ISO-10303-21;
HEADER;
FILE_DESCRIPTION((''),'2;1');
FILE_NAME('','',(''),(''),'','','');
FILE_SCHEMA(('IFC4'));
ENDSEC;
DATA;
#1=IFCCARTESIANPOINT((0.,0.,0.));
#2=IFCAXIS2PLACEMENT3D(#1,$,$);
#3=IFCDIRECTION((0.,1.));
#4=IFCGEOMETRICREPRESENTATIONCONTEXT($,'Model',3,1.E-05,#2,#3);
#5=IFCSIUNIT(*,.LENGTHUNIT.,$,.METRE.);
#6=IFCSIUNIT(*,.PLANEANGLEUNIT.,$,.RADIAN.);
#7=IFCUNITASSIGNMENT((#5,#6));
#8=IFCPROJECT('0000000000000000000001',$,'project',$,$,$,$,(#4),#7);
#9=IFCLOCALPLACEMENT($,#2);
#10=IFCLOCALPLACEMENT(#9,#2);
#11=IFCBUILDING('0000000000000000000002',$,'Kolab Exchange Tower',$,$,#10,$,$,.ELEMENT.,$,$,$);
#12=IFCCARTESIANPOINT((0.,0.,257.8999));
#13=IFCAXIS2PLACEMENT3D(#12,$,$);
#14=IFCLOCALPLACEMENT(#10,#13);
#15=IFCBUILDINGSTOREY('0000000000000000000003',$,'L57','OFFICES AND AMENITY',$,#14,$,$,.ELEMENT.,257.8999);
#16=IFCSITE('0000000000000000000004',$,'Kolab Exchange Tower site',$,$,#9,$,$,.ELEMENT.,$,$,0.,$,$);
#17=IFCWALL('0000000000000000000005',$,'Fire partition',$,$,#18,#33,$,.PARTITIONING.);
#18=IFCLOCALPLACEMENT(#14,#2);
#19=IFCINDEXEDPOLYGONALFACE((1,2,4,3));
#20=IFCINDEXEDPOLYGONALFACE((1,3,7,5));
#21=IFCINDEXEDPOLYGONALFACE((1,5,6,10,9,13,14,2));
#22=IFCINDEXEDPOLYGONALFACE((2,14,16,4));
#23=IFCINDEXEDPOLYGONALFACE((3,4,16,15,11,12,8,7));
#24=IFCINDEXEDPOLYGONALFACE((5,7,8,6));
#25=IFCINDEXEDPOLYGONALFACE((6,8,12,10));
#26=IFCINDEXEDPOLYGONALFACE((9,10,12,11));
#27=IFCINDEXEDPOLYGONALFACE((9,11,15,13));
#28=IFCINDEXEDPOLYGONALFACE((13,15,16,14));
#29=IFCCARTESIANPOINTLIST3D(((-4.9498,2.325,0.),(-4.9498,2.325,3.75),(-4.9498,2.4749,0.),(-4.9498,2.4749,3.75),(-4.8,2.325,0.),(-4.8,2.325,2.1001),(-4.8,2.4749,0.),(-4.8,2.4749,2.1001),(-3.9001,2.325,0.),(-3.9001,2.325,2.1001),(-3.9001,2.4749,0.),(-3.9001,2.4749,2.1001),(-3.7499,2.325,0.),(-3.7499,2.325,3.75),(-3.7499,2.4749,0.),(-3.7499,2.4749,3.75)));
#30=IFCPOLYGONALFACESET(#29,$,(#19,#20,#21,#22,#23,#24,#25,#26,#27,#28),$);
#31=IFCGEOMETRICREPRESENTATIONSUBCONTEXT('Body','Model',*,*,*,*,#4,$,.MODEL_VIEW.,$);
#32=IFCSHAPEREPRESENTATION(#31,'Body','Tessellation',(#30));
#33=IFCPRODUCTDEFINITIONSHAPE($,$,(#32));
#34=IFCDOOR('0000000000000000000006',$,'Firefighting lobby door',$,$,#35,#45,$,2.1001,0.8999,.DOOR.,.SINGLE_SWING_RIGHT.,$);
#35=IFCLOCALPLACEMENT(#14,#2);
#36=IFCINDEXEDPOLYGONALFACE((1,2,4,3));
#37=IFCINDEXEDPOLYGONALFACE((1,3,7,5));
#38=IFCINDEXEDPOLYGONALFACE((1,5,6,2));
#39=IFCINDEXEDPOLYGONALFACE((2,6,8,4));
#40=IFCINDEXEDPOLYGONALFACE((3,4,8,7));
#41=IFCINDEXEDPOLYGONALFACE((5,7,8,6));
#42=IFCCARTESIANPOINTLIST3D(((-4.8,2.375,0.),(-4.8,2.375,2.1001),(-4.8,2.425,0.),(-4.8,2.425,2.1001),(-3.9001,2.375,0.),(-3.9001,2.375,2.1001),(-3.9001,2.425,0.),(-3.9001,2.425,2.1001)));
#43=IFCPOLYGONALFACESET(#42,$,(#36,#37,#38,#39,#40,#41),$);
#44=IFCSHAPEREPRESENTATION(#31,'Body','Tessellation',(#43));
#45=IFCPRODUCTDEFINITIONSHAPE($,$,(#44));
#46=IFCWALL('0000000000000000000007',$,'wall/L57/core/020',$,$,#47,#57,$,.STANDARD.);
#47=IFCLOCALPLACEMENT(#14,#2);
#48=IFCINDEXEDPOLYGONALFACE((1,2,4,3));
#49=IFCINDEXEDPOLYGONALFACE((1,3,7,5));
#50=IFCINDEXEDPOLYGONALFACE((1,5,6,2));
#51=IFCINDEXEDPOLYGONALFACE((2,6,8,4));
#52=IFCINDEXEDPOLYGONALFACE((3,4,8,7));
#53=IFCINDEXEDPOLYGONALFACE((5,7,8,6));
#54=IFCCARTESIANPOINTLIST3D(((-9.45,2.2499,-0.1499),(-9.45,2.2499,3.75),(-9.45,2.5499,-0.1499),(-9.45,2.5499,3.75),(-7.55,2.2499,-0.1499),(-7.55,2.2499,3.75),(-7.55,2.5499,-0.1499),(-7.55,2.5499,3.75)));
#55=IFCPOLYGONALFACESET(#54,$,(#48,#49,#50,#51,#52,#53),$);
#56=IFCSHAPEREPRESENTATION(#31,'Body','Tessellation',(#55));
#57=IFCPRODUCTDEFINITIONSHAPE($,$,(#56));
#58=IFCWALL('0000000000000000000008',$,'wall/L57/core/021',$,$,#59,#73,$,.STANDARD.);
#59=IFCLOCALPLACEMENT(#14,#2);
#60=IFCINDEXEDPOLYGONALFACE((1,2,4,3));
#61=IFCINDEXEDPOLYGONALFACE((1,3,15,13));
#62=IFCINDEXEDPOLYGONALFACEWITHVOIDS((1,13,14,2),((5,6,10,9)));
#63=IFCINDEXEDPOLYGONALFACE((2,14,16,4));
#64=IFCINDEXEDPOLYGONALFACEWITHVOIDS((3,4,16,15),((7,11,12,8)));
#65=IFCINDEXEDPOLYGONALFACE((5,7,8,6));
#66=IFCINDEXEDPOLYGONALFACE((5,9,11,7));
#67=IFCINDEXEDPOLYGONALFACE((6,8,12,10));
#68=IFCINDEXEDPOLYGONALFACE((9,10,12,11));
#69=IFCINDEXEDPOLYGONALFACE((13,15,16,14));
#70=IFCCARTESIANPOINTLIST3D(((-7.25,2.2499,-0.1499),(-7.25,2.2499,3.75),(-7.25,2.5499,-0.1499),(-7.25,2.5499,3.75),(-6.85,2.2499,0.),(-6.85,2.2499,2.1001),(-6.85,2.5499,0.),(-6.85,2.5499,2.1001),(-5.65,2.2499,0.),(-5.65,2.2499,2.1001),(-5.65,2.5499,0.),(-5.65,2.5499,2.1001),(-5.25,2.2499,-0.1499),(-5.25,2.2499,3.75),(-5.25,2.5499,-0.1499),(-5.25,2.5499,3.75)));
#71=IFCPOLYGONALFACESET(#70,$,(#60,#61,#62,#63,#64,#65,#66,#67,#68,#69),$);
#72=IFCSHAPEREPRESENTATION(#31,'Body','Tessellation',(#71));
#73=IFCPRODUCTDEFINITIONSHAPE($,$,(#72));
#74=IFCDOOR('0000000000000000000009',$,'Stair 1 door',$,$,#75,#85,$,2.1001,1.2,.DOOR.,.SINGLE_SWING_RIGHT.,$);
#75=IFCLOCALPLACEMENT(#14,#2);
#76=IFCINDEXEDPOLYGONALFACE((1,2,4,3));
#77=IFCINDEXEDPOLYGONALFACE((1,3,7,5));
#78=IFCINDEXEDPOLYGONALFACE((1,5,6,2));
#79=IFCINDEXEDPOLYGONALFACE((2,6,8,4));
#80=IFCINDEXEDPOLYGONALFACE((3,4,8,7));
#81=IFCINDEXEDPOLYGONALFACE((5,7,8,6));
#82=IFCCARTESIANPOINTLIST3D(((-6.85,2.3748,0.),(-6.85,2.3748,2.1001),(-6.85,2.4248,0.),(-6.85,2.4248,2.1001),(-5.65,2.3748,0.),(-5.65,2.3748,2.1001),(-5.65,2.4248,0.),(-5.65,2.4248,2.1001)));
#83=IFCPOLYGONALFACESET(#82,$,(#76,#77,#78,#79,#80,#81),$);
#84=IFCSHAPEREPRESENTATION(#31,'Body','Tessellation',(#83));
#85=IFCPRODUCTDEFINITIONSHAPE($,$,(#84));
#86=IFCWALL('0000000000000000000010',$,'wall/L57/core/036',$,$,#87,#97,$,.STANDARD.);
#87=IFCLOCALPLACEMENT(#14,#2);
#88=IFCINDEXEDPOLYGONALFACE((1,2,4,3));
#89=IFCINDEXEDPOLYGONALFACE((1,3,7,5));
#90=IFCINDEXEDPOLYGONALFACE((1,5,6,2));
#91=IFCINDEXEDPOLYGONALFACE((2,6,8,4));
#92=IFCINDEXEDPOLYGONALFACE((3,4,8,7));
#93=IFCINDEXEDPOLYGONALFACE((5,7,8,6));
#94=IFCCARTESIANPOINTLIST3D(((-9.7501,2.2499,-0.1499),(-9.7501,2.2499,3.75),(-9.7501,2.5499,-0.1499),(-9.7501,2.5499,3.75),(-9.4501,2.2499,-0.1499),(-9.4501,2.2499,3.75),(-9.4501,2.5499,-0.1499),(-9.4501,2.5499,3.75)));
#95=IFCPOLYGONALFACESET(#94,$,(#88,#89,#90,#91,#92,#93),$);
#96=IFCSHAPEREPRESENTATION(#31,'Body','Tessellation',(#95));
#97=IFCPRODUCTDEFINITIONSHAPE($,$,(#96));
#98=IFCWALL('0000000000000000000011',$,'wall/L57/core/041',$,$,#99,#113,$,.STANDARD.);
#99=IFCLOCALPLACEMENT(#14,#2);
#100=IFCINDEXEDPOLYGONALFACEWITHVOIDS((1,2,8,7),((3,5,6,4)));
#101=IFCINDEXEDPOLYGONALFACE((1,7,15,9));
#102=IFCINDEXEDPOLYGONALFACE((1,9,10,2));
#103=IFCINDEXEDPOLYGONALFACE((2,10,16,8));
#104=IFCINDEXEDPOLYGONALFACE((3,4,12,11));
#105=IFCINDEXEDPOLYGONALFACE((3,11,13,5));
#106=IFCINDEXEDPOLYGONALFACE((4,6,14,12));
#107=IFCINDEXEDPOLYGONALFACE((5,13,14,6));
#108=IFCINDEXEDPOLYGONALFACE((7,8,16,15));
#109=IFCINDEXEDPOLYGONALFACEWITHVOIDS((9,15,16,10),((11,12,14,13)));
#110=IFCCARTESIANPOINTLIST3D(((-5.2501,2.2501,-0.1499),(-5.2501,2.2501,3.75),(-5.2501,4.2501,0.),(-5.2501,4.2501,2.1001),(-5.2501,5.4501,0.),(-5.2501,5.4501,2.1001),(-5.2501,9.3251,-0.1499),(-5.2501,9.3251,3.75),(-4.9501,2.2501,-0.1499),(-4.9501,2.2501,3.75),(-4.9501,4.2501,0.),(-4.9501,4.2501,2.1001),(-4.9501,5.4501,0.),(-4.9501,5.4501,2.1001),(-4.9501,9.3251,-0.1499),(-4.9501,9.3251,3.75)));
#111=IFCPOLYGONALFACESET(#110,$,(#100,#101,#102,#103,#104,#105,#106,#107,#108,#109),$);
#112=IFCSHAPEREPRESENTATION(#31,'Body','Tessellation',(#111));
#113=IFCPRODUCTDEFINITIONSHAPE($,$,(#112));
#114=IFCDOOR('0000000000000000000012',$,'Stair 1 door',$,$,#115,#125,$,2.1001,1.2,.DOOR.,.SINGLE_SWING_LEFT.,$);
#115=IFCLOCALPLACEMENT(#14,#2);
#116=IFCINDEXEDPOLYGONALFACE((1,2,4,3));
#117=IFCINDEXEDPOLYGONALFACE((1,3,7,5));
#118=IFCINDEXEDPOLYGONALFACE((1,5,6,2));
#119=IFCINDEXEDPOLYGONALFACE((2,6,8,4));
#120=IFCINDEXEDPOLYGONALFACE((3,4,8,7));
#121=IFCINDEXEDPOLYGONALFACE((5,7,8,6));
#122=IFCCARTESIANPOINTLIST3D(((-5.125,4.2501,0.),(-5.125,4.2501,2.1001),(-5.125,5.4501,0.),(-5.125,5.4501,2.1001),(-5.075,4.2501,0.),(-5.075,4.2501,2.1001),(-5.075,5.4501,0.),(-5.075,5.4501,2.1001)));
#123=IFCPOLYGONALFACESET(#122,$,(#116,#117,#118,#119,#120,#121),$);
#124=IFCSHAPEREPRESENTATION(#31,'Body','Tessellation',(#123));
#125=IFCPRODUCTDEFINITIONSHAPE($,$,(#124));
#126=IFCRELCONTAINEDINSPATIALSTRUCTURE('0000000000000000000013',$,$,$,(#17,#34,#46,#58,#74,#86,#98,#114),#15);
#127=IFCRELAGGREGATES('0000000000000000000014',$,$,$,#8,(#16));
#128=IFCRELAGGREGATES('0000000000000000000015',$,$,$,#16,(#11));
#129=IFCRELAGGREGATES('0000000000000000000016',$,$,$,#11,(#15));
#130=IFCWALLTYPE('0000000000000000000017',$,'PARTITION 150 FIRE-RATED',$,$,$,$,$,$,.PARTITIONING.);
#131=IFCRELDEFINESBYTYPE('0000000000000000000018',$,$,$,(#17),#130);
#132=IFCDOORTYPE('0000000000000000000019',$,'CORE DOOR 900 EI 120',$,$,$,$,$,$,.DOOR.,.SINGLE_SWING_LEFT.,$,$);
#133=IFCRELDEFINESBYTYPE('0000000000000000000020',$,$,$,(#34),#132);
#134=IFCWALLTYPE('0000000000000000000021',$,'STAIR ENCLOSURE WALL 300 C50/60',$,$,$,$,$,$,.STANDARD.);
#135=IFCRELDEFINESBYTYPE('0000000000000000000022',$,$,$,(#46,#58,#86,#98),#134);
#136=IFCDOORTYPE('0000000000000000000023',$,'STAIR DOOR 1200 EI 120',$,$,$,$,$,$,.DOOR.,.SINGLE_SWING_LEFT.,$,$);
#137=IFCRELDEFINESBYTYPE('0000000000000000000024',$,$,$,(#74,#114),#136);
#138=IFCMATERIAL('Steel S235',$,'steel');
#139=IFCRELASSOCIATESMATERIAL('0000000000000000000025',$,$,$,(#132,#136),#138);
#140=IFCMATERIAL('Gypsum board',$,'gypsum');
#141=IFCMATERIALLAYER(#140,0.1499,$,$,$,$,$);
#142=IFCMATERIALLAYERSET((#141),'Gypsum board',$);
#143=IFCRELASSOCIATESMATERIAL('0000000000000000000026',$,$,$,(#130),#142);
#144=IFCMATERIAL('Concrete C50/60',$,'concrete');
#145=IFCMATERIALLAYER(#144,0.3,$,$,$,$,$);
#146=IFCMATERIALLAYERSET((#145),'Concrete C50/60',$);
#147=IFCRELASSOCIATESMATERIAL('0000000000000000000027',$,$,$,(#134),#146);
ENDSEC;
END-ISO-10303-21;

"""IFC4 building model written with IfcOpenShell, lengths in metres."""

from ifc_helpers import new_model, si_unit, direction, frame, frame_2d, origin, place, context, subcontext, project, spatial, rectangle, extrude, material, layer, layer_set, type_object, element, fill, save


model = new_model("IFC4")

# Units and contexts
model_context = context("Model", 3, precision=1e-05, world=origin(), true_north=direction((0.0, 1.0)))
body_context = subcontext(model_context, "Body", "Model", "MODEL_VIEW")
ifc_project = project(units=[si_unit("LENGTHUNIT", "METRE"), si_unit("PLANEANGLEUNIT", "RADIAN")], contexts=[model_context])

# Site, building, storey
site_placement = place(None, origin())
site = spatial("IfcSite", under=ifc_project, at=site_placement, Name="Kolab Exchange Tower site", CompositionType="ELEMENT", RefElevation=0.0)
building_placement = place(site_placement, origin())
building = spatial("IfcBuilding", under=site, at=building_placement, Name="Kolab Exchange Tower", CompositionType="ELEMENT")
storey_placement = place(building_placement, frame((0.0, 0.0, 257.8999)))
storey = spatial("IfcBuildingStorey", under=building, at=storey_placement, Name="L57", Description="OFFICES AND AMENITY", CompositionType="ELEMENT", Elevation=257.8999)

# Shared definitions
ifc_material_1 = material(Name="Concrete C50/60", Category="concrete")
ifc_material_2 = material(Name="Steel S235", Category="steel")
door_type_1 = type_object("IfcDoorType", Name="CORE DOOR 900 EI 120", OperationType="SINGLE_SWING_LEFT", PredefinedType="DOOR", material=ifc_material_2)

# Wall, opening, door
ifc_material_3 = material(Name="Gypsum board", Category="gypsum")
ifc_layer_1 = layer(ifc_material_3, 0.1499)
ifc_layer_set_1 = layer_set([ifc_layer_1], Name="Gypsum board")
wall_type_1 = type_object("IfcWallType", Name="PARTITION 150 FIRE-RATED", PredefinedType="PARTITIONING", material=ifc_layer_set_1)
wall_1_placement = place(storey_placement, frame((-4.95, 2.3999, 0.0), z_axis=(0.0, 0.0, 1.0), x_axis=(1.0, 0.0, 0.0)))
wall_1 = element("IfcWall", 1, at=wall_1_placement, inside=storey, type_object=wall_type_1, Name="Fire partition", PredefinedType="PARTITIONING", context=body_context, shape_type="SweptSolid", body=[
    extrude(rectangle(XDim=1.2, YDim=0.1499, at=frame_2d((0.6001, 0.0))), origin(), (0.0, 0.0, 1.0), 3.75),
])
opening_1_placement = place(wall_1_placement, frame((0.1499, 0.0, 0.0)))
opening_1 = element("IfcOpeningElement", 2, at=opening_1_placement, cuts=wall_1, PredefinedType="OPENING", context=body_context, shape_type="SweptSolid", body=[
    extrude(rectangle(XDim=0.8999, YDim=2.1001, at=frame_2d((0.45, 1.05))), frame((0.0, 0.085, 0.0), z_axis=(0.0, -1.0, 0.0), x_axis=(1.0, 0.0, 0.0)), (0.0, 0.0, 1.0), 0.1699),
])
door_1_placement = place(opening_1_placement, frame((0.8999, 0.0, 0.0), z_axis=(0.0, 0.0, 1.0), x_axis=(-1.0, 0.0, 0.0)))
door_1 = element("IfcDoor", 3, at=door_1_placement, inside=storey, type_object=door_type_1, Name="Firefighting lobby door", OperationType="SINGLE_SWING_RIGHT", OverallHeight=2.1001, OverallWidth=0.8999, PredefinedType="DOOR", context=body_context, shape_type="SweptSolid", body=[
    extrude(rectangle(XDim=0.8999, YDim=2.1001, at=frame_2d((0.45, 1.05))), frame((0.0, 0.0249, 0.0), z_axis=(0.0, -1.0, 0.0), x_axis=(1.0, 0.0, 0.0)), (0.0, 0.0, 1.0), 0.05),
])
fill(opening_1, door_1)

# Wall
ifc_layer_2 = layer(ifc_material_1, 0.3)
ifc_layer_set_2 = layer_set([ifc_layer_2], Name="Concrete C50/60")
wall_type_2 = type_object("IfcWallType", Name="STAIR ENCLOSURE WALL 300 C50/60", PredefinedType="STANDARD", material=ifc_layer_set_2)
wall_2_placement = place(storey_placement, frame((-9.45, 2.3999, -0.1499), z_axis=(0.0, 0.0, 1.0), x_axis=(1.0, 0.0, 0.0)))
element("IfcWall", 4, at=wall_2_placement, inside=storey, type_object=wall_type_2, Name="wall/L57/core/020", PredefinedType="STANDARD", context=body_context, shape_type="SweptSolid", body=[
    extrude(rectangle(XDim=1.8999, YDim=0.3, at=frame_2d((0.95, 0.0))), origin(), (0.0, 0.0, 1.0), 3.8999),
])

# Wall, opening, door
wall_3_placement = place(storey_placement, frame((-7.25, 2.3999, -0.1499), z_axis=(0.0, 0.0, 1.0), x_axis=(1.0, 0.0, 0.0)))
wall_3 = element("IfcWall", 5, at=wall_3_placement, inside=storey, type_object=wall_type_2, Name="wall/L57/core/021", PredefinedType="STANDARD", context=body_context, shape_type="SweptSolid", body=[
    extrude(rectangle(XDim=2.0, YDim=0.3, at=frame_2d((1.0, 0.0))), origin(), (0.0, 0.0, 1.0), 3.8999),
])
opening_2_placement = place(wall_3_placement, frame((0.3999, 0.0, 0.1499)))
opening_2 = element("IfcOpeningElement", 6, at=opening_2_placement, cuts=wall_3, PredefinedType="OPENING", context=body_context, shape_type="SweptSolid", body=[
    extrude(rectangle(XDim=1.2, YDim=2.1001, at=frame_2d((0.6001, 1.05))), frame((0.0, 0.1602, 0.0), z_axis=(0.0, -1.0, 0.0), x_axis=(1.0, 0.0, 0.0)), (0.0, 0.0, 1.0), 0.3201),
])
door_type_2 = type_object("IfcDoorType", Name="STAIR DOOR 1200 EI 120", OperationType="SINGLE_SWING_LEFT", PredefinedType="DOOR", material=ifc_material_2)
door_2_placement = place(opening_2_placement, origin())
door_2 = element("IfcDoor", 7, at=door_2_placement, inside=storey, type_object=door_type_2, Name="Stair 1 door", OperationType="SINGLE_SWING_RIGHT", OverallHeight=2.1001, OverallWidth=1.2, PredefinedType="DOOR", context=body_context, shape_type="SweptSolid", body=[
    extrude(rectangle(XDim=1.2, YDim=2.1001, at=frame_2d((0.6001, 1.05))), frame((0.0, 0.0249, 0.0), z_axis=(0.0, -1.0, 0.0), x_axis=(1.0, 0.0, 0.0)), (0.0, 0.0, 1.0), 0.05),
])
fill(opening_2, door_2)

# Wall
wall_4_placement = place(storey_placement, frame((-9.6001, 2.25, -0.1499), z_axis=(0.0, 0.0, 1.0), x_axis=(0.0, 1.0, 0.0)))
element("IfcWall", 8, at=wall_4_placement, inside=storey, type_object=wall_type_2, Name="wall/L57/core/036", PredefinedType="STANDARD", context=body_context, shape_type="SweptSolid", body=[
    extrude(rectangle(XDim=0.3, YDim=0.3, at=frame_2d((0.1499, 0.0))), origin(), (0.0, 0.0, 1.0), 3.8999),
])

# Wall, opening, door
wall_5_placement = place(storey_placement, frame((-5.1001, 2.25, -0.1499), z_axis=(0.0, 0.0, 1.0), x_axis=(0.0, 1.0, 0.0)))
wall_5 = element("IfcWall", 9, at=wall_5_placement, inside=storey, type_object=wall_type_2, Name="wall/L57/core/041", PredefinedType="STANDARD", context=body_context, shape_type="SweptSolid", body=[
    extrude(rectangle(XDim=7.075, YDim=0.3, at=frame_2d((3.5376, 0.0))), origin(), (0.0, 0.0, 1.0), 3.8999),
])
opening_3_placement = place(wall_5_placement, frame((2.0, 0.0, 0.1499)))
opening_3 = element("IfcOpeningElement", 10, at=opening_3_placement, cuts=wall_5, PredefinedType="OPENING", context=body_context, shape_type="SweptSolid", body=[
    extrude(rectangle(XDim=1.2, YDim=2.1001, at=frame_2d((0.6001, 1.05))), frame((0.0, 0.1602, 0.0), z_axis=(0.0, -1.0, 0.0), x_axis=(1.0, 0.0, 0.0)), (0.0, 0.0, 1.0), 0.3201),
])
door_3_placement = place(opening_3_placement, origin())
door_3 = element("IfcDoor", 11, at=door_3_placement, inside=storey, type_object=door_type_2, Name="Stair 1 door", OperationType="SINGLE_SWING_LEFT", OverallHeight=2.1001, OverallWidth=1.2, PredefinedType="DOOR", context=body_context, shape_type="SweptSolid", body=[
    extrude(rectangle(XDim=1.2, YDim=2.1001, at=frame_2d((0.6001, 1.05))), frame((0.0, 0.0249, 0.0), z_axis=(0.0, -1.0, 0.0), x_axis=(1.0, 0.0, 0.0)), (0.0, 0.0, 1.0), 0.05),
])
fill(opening_3, door_3)

save(model, "model.ifc")
